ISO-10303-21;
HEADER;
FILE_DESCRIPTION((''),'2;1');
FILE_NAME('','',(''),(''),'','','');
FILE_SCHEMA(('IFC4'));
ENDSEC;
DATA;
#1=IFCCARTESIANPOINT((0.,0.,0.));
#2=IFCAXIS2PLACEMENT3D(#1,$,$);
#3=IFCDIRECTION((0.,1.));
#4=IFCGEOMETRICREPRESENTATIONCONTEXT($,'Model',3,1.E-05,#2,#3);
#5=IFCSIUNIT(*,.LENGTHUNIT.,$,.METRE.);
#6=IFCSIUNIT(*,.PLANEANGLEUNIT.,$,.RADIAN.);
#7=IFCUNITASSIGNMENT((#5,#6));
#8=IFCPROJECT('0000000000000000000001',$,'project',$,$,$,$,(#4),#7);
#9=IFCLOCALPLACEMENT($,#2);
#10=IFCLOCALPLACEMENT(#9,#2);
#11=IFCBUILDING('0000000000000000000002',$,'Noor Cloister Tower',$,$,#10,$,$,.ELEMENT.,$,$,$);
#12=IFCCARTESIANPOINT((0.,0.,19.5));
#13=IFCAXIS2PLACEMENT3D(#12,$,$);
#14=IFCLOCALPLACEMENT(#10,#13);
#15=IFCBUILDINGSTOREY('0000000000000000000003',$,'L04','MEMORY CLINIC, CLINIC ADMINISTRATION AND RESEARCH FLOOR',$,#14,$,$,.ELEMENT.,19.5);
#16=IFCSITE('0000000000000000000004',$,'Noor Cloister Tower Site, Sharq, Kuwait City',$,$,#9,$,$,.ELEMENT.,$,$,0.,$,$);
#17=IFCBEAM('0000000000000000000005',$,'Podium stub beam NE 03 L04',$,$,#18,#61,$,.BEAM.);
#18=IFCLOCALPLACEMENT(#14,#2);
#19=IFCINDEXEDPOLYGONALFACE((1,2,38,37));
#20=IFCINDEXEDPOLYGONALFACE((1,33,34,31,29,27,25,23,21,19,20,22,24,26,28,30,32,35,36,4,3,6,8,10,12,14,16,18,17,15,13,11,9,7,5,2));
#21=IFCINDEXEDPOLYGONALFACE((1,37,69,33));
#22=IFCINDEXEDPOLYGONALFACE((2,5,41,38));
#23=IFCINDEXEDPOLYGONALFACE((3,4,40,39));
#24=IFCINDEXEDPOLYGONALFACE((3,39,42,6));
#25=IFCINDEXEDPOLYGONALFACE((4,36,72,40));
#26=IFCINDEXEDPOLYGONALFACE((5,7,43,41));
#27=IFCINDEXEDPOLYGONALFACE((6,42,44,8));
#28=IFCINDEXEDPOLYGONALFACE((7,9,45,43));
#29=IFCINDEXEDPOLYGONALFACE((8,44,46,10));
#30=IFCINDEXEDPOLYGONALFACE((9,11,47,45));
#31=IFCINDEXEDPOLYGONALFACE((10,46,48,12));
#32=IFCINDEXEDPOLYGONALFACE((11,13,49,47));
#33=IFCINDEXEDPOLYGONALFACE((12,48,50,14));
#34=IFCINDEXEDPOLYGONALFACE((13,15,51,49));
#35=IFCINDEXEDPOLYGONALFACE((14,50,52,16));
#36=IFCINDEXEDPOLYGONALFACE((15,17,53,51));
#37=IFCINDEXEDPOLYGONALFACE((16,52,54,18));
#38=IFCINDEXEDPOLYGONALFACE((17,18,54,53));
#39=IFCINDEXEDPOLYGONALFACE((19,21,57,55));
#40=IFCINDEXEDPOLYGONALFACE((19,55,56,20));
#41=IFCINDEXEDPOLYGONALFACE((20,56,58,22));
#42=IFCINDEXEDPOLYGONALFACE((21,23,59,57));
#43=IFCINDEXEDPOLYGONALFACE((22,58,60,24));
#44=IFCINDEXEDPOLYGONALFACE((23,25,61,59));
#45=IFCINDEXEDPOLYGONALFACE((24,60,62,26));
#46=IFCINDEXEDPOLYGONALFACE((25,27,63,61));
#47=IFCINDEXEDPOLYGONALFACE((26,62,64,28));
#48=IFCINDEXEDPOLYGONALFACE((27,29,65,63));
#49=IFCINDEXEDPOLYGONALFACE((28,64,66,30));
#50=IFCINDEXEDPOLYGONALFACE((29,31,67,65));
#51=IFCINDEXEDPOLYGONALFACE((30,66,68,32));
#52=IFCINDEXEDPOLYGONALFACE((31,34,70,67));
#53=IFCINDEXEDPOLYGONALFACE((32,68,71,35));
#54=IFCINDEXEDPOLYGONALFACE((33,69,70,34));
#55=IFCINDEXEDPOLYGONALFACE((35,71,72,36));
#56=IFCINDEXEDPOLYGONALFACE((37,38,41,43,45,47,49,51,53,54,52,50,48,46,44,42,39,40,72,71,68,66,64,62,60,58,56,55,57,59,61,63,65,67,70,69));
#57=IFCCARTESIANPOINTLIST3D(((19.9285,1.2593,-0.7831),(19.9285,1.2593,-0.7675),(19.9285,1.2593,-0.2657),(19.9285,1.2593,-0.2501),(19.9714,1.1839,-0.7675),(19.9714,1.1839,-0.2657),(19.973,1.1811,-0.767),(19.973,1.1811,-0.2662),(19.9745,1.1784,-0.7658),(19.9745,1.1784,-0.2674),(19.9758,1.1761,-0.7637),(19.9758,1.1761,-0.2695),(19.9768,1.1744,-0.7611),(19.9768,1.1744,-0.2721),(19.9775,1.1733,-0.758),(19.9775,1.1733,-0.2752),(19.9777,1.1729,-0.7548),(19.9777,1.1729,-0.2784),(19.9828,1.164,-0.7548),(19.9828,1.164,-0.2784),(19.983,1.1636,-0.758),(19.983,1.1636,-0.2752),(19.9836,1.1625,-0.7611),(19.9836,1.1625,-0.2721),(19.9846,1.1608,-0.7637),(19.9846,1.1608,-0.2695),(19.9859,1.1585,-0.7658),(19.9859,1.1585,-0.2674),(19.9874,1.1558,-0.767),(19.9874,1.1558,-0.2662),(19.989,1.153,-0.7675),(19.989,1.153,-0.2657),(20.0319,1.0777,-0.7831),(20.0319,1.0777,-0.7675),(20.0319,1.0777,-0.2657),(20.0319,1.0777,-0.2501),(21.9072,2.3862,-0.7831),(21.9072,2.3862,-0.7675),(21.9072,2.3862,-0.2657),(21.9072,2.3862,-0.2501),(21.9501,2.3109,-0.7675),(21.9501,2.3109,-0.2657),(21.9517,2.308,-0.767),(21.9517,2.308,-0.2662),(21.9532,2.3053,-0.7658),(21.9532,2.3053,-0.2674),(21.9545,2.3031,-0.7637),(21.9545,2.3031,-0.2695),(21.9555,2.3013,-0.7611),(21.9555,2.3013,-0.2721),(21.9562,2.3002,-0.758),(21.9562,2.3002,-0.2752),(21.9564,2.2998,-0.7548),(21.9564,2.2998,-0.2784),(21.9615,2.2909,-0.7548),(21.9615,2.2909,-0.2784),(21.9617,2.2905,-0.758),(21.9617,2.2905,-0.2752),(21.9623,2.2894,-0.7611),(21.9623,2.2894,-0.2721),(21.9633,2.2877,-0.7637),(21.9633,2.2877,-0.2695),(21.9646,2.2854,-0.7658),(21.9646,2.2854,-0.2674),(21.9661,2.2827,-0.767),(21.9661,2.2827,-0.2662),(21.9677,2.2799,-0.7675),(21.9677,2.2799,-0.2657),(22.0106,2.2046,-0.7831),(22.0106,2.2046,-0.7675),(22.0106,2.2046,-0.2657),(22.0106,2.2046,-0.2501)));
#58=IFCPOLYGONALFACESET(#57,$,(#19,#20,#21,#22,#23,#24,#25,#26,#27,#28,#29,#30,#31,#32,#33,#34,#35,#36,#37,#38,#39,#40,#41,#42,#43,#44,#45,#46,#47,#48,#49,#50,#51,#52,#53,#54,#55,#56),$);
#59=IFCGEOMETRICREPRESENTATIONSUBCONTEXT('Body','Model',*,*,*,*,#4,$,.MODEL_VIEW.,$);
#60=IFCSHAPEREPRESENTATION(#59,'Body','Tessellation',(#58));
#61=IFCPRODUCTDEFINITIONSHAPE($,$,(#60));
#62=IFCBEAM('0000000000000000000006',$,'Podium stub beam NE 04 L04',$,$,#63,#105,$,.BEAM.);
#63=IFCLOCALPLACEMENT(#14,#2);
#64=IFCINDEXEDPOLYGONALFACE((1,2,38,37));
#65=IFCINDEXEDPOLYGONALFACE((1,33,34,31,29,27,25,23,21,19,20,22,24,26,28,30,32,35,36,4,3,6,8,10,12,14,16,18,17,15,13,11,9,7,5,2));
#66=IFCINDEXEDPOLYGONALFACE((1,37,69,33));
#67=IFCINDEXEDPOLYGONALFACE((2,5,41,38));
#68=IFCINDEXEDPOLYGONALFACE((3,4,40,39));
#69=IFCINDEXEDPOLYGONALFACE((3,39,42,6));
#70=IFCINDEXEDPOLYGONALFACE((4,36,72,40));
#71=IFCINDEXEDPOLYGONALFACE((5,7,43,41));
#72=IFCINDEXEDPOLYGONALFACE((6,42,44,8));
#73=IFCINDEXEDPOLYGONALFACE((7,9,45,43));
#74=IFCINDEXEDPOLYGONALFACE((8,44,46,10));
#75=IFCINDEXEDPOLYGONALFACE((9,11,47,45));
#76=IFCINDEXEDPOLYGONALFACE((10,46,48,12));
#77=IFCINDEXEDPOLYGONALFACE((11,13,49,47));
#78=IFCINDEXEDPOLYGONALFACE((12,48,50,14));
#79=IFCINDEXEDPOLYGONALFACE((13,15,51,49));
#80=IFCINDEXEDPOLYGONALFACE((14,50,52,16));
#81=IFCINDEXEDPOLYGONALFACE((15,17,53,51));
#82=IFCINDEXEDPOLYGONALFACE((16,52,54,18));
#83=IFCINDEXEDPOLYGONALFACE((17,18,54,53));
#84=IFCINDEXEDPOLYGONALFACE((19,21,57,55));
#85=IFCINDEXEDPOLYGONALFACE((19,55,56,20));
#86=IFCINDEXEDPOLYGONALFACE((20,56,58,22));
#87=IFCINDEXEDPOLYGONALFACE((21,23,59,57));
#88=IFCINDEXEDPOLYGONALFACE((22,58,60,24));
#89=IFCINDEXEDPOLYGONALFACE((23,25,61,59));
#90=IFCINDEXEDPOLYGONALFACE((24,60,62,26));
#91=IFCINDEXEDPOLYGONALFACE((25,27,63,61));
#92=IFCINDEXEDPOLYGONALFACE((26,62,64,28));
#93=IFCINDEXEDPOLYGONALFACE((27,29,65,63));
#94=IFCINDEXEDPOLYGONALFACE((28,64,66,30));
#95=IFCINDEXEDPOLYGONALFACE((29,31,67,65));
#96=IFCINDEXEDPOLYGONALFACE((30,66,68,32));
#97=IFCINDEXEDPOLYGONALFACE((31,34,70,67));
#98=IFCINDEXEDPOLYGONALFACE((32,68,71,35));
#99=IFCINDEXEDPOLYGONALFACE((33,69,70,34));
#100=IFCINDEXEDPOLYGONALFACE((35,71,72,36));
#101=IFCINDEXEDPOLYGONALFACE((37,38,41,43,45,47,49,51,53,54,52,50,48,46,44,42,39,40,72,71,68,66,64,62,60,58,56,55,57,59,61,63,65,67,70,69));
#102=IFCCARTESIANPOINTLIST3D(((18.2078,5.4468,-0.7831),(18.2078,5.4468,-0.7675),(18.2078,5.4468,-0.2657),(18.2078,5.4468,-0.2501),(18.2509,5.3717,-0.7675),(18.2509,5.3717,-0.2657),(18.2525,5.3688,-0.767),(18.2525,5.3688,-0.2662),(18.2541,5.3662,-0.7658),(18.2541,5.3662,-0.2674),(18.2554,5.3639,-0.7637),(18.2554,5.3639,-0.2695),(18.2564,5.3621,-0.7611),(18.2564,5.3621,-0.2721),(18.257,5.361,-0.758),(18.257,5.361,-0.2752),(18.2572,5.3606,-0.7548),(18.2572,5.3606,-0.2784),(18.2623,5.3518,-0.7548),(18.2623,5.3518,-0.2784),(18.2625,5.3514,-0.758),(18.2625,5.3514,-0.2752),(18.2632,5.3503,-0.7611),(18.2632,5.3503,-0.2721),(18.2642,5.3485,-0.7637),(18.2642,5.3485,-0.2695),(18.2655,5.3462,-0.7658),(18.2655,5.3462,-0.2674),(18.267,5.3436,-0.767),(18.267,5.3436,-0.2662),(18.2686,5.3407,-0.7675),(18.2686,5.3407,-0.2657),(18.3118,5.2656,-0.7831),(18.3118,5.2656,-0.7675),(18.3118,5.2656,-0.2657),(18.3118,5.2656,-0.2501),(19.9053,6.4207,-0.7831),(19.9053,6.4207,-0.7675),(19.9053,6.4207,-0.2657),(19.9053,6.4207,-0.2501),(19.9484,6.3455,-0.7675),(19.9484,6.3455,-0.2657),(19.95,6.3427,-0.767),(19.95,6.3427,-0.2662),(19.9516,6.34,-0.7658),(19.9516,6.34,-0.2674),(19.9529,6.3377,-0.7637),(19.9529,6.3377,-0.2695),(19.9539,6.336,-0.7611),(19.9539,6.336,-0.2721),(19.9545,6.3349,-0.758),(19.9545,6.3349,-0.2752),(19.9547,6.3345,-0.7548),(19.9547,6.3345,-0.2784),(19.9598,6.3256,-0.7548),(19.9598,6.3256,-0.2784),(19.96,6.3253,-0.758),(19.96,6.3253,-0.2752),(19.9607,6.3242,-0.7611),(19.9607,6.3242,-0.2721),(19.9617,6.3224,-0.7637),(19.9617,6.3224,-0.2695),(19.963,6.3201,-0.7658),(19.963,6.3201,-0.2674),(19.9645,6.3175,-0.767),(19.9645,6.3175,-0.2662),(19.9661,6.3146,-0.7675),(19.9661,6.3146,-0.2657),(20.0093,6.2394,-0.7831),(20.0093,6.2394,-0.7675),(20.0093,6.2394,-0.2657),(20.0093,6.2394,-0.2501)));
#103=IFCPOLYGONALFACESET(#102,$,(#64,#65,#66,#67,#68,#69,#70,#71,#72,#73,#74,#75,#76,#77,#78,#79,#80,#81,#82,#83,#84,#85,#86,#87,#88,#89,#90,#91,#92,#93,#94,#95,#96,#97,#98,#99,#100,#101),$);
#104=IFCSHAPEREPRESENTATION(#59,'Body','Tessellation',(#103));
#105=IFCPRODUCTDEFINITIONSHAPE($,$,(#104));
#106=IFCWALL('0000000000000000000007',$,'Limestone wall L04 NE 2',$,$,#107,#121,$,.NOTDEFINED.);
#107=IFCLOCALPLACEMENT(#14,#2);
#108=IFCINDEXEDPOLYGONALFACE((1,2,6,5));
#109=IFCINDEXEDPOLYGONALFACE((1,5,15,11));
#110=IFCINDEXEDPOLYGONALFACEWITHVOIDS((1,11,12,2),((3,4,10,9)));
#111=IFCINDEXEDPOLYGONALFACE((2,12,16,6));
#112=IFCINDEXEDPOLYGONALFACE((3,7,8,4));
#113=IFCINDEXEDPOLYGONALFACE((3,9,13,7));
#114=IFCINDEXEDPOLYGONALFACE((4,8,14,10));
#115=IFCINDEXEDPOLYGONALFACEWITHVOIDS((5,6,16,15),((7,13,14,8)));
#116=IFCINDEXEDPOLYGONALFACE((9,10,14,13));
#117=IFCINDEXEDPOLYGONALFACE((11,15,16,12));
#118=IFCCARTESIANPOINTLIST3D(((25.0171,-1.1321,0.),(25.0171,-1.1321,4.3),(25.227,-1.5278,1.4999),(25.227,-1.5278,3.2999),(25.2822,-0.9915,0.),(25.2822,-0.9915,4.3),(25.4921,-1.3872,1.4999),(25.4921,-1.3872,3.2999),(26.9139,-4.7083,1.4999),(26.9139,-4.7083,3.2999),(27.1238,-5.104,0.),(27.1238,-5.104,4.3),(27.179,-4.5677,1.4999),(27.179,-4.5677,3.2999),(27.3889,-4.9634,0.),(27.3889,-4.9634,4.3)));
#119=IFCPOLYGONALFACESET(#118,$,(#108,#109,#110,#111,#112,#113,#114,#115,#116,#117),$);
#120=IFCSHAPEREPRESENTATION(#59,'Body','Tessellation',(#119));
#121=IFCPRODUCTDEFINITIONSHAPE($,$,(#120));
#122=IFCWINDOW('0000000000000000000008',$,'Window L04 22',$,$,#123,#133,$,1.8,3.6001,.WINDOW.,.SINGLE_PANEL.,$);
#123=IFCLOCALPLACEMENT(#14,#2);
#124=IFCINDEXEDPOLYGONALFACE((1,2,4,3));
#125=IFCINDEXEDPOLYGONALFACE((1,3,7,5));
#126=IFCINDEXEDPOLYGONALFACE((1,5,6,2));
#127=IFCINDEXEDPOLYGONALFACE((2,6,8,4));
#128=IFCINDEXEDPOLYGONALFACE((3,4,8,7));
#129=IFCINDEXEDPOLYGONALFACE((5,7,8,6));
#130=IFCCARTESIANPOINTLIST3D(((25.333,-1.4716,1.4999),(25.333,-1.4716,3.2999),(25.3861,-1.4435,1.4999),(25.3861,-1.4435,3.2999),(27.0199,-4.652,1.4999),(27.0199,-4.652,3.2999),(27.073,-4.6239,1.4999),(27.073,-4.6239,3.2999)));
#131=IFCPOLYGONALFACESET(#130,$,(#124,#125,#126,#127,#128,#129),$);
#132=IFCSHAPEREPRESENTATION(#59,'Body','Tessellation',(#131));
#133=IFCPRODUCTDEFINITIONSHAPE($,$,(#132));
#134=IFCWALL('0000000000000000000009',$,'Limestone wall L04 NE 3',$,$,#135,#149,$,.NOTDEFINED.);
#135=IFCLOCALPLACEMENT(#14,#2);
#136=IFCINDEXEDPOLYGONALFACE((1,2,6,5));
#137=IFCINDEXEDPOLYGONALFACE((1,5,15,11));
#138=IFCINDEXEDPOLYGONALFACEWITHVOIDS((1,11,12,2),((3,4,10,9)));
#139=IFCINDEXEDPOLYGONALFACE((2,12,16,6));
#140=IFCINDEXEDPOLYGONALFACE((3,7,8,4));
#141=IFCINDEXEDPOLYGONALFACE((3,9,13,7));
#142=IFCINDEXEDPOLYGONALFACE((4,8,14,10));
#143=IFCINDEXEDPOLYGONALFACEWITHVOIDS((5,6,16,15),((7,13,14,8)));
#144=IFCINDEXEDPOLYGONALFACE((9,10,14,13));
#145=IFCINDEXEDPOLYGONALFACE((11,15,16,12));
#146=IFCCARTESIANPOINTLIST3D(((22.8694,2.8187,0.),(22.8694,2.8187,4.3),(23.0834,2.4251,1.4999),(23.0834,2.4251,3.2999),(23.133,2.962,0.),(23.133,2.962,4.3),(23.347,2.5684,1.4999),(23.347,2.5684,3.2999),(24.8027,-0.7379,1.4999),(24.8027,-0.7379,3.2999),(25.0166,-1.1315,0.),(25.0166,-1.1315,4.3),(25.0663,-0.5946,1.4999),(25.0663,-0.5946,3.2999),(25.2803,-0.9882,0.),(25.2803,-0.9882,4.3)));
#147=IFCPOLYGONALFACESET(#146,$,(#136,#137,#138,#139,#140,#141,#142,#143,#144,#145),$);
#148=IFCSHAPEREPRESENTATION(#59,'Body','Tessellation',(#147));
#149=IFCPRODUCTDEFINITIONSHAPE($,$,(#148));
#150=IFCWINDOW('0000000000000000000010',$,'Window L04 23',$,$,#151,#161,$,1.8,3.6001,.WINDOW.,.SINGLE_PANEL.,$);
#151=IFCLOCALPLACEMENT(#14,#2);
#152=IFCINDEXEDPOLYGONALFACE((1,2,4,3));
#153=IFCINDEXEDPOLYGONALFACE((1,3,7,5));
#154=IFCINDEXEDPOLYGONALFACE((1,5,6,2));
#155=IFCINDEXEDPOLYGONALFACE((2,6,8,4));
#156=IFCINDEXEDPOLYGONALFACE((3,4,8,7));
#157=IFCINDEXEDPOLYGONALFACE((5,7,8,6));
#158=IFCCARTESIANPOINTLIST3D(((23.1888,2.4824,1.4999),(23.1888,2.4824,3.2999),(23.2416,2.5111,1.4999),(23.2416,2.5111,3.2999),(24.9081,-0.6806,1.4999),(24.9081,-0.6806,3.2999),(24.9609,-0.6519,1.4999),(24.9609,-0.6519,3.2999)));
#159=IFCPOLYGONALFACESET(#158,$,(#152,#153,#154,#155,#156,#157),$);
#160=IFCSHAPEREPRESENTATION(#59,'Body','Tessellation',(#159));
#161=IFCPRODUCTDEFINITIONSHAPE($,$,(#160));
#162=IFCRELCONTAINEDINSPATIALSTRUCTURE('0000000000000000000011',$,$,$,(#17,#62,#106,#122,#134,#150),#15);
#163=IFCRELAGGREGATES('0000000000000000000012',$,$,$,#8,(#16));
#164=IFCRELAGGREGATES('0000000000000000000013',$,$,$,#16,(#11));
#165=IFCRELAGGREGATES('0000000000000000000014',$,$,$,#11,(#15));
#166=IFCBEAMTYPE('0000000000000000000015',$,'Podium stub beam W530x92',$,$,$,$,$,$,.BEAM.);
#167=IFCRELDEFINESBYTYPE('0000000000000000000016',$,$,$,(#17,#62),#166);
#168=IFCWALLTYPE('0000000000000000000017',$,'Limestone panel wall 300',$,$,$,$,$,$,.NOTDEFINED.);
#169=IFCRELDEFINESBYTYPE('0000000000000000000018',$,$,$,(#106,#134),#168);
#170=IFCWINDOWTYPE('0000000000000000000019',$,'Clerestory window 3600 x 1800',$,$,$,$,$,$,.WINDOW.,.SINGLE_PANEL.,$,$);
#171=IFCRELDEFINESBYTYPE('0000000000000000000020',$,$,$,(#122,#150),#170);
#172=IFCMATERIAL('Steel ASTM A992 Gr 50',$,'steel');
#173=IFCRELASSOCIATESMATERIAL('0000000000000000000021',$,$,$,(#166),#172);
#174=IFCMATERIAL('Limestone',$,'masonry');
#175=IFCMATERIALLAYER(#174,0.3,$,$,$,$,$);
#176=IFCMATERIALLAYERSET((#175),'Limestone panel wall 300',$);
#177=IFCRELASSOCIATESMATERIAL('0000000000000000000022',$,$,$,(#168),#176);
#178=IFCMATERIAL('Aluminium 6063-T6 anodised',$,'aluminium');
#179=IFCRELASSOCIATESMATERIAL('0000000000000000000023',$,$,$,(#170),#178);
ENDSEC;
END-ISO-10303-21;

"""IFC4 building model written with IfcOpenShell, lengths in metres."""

from ifc_helpers import new_model, si_unit, direction, frame, frame_2d, origin, origin_2d, place, context, subcontext, project, spatial, rectangle, i_section, extrude, material, layer, layer_set, material_profile, profile_set, type_object, element, fill, save


model = new_model("IFC4")

# Units and contexts
model_context = context("Model", 3, precision=1e-05, world=origin(), true_north=direction((0.0, 1.0)))
body_context = subcontext(model_context, "Body", "Model", "MODEL_VIEW")
ifc_project = project(units=[si_unit("LENGTHUNIT", "METRE"), si_unit("PLANEANGLEUNIT", "RADIAN")], contexts=[model_context])

# Site, building, storey
site_placement = place(None, origin())
site = spatial("IfcSite", under=ifc_project, at=site_placement, Name="Noor Cloister Tower Site, Sharq, Kuwait City", CompositionType="ELEMENT", RefElevation=0.0)
building_placement = place(site_placement, origin())
building = spatial("IfcBuilding", under=site, at=building_placement, Name="Noor Cloister Tower", CompositionType="ELEMENT")
storey_placement = place(building_placement, frame((0.0, 0.0, 19.5)))
storey = spatial("IfcBuildingStorey", under=building, at=storey_placement, Name="L04", Description="MEMORY CLINIC, CLINIC ADMINISTRATION AND RESEARCH FLOOR", CompositionType="ELEMENT", Elevation=19.5)

# Beams
ifc_material_1 = material(Name="Steel ASTM A992 Gr 50", Category="steel")
ifc_material_profile_1 = material_profile(ifc_material_1, i_section(OverallWidth=0.209, OverallDepth=0.533, WebThickness=0.0103, FlangeThickness=0.0156, FilletRadius=0.0127, at=origin_2d()), Name="W530x92")
ifc_profile_set_1 = profile_set([ifc_material_profile_1], Name="Steel ASTM A992 Gr 50")
beam_type_1 = type_object("IfcBeamType", Name="Podium stub beam W530x92", PredefinedType="BEAM", material=ifc_profile_set_1)
beam_1_placement = place(storey_placement, frame((19.9802, 1.1685, -0.5166), z_axis=(0.868955, 0.494891, 0.0), x_axis=(-0.494891, 0.868955, 0.0)))
element("IfcBeam", 1, at=beam_1_placement, inside=storey, type_object=beam_type_1, Name="Podium stub beam NE 03 L04", PredefinedType="BEAM", context=body_context, shape_type="SweptSolid", body=[
    extrude(i_section(OverallWidth=0.209, OverallDepth=0.533, WebThickness=0.0103, FlangeThickness=0.0156, FilletRadius=0.0127, at=origin_2d()), origin(), (0.0, 0.0, 1.0), 2.2771),
])
beam_2_placement = place(storey_placement, frame((18.2598, 5.3562, -0.5166), z_axis=(0.86739, 0.497629, 0.0), x_axis=(-0.497629, 0.86739, 0.0)))
element("IfcBeam", 2, at=beam_2_placement, inside=storey, type_object=beam_type_1, Name="Podium stub beam NE 04 L04", PredefinedType="BEAM", context=body_context, shape_type="SweptSolid", body=[
    extrude(i_section(OverallWidth=0.209, OverallDepth=0.533, WebThickness=0.0103, FlangeThickness=0.0156, FilletRadius=0.0127, at=origin_2d()), origin(), (0.0, 0.0, 1.0), 1.957),
])

# Walls, openings, windows
ifc_material_2 = material(Name="Limestone", Category="masonry")
ifc_layer_1 = layer(ifc_material_2, 0.3)
ifc_layer_set_1 = layer_set([ifc_layer_1], Name="Limestone panel wall 300")
wall_type_1 = type_object("IfcWallType", Name="Limestone panel wall 300", PredefinedType="NOTDEFINED", material=ifc_layer_set_1)
wall_1_placement = place(storey_placement, frame((25.1497, -1.0618, 0.0), z_axis=(0.0, 0.0, 1.0), x_axis=(0.468566, -0.883428, 0.0)))
wall_1 = element("IfcWall", 3, at=wall_1_placement, inside=storey, type_object=wall_type_1, Name="Limestone wall L04 NE 2", PredefinedType="NOTDEFINED", context=body_context, shape_type="SweptSolid", body=[
    extrude(rectangle(XDim=4.4961, YDim=0.3, at=frame_2d((2.248, 0.0))), origin(), (0.0, 0.0, 1.0), 4.3),
])
opening_1_placement = place(wall_1_placement, frame((0.448, 0.0, 1.5)))
opening_1 = element("IfcOpeningElement", 4, at=opening_1_placement, cuts=wall_1, PredefinedType="OPENING", context=body_context, shape_type="SweptSolid", body=[
    extrude(rectangle(XDim=3.6001, YDim=1.8, at=frame_2d((1.8, 0.8999))), frame((0.0, 0.1602, 0.0), z_axis=(0.0, -1.0, 0.0), x_axis=(1.0, 0.0, 0.0)), (0.0, 0.0, 1.0), 0.3201),
])
ifc_material_3 = material(Name="Aluminium 6063-T6 anodised", Category="aluminium")
window_type = type_object("IfcWindowType", Name="Clerestory window 3600 x 1800", PartitioningType="SINGLE_PANEL", PredefinedType="WINDOW", material=ifc_material_3)
window_1_placement = place(opening_1_placement, origin())
window_1 = element("IfcWindow", 5, at=window_1_placement, inside=storey, type_object=window_type, Name="Window L04 22", OverallHeight=1.8, OverallWidth=3.6001, PartitioningType="SINGLE_PANEL", PredefinedType="WINDOW", context=body_context, shape_type="SweptSolid", body=[
    extrude(rectangle(XDim=3.6001, YDim=1.8, at=frame_2d((1.8, 0.8999))), frame((0.0, 0.03, 0.0), z_axis=(0.0, -1.0, 0.0), x_axis=(1.0, 0.0, 0.0)), (0.0, 0.0, 1.0), 0.0601),
])
fill(opening_1, window_1)
wall_2_placement = place(storey_placement, frame((23.0012, 2.8904, 0.0), z_axis=(0.0, 0.0, 1.0), x_axis=(0.477577, -0.87859, 0.0)))
wall_2 = element("IfcWall", 6, at=wall_2_placement, inside=storey, type_object=wall_type_1, Name="Limestone wall L04 NE 3", PredefinedType="NOTDEFINED", context=body_context, shape_type="SweptSolid", body=[
    extrude(rectangle(XDim=4.4961, YDim=0.3, at=frame_2d((2.248, 0.0))), origin(), (0.0, 0.0, 1.0), 4.3),
])
opening_2_placement = place(wall_2_placement, frame((0.448, 0.0, 1.5)))
opening_2 = element("IfcOpeningElement", 7, at=opening_2_placement, cuts=wall_2, PredefinedType="OPENING", context=body_context, shape_type="SweptSolid", body=[
    extrude(rectangle(XDim=3.6001, YDim=1.8, at=frame_2d((1.8, 0.8999))), frame((0.0, 0.1602, 0.0), z_axis=(0.0, -1.0, 0.0), x_axis=(1.0, 0.0, 0.0)), (0.0, 0.0, 1.0), 0.3201),
])
window_2_placement = place(opening_2_placement, origin())
window_2 = element("IfcWindow", 8, at=window_2_placement, inside=storey, type_object=window_type, Name="Window L04 23", OverallHeight=1.8, OverallWidth=3.6001, PartitioningType="SINGLE_PANEL", PredefinedType="WINDOW", context=body_context, shape_type="SweptSolid", body=[
    extrude(rectangle(XDim=3.6001, YDim=1.8, at=frame_2d((1.8, 0.8999))), frame((0.0, 0.03, 0.0), z_axis=(0.0, -1.0, 0.0), x_axis=(1.0, 0.0, 0.0)), (0.0, 0.0, 1.0), 0.0601),
])
fill(opening_2, window_2)

save(model, "model.ifc")
